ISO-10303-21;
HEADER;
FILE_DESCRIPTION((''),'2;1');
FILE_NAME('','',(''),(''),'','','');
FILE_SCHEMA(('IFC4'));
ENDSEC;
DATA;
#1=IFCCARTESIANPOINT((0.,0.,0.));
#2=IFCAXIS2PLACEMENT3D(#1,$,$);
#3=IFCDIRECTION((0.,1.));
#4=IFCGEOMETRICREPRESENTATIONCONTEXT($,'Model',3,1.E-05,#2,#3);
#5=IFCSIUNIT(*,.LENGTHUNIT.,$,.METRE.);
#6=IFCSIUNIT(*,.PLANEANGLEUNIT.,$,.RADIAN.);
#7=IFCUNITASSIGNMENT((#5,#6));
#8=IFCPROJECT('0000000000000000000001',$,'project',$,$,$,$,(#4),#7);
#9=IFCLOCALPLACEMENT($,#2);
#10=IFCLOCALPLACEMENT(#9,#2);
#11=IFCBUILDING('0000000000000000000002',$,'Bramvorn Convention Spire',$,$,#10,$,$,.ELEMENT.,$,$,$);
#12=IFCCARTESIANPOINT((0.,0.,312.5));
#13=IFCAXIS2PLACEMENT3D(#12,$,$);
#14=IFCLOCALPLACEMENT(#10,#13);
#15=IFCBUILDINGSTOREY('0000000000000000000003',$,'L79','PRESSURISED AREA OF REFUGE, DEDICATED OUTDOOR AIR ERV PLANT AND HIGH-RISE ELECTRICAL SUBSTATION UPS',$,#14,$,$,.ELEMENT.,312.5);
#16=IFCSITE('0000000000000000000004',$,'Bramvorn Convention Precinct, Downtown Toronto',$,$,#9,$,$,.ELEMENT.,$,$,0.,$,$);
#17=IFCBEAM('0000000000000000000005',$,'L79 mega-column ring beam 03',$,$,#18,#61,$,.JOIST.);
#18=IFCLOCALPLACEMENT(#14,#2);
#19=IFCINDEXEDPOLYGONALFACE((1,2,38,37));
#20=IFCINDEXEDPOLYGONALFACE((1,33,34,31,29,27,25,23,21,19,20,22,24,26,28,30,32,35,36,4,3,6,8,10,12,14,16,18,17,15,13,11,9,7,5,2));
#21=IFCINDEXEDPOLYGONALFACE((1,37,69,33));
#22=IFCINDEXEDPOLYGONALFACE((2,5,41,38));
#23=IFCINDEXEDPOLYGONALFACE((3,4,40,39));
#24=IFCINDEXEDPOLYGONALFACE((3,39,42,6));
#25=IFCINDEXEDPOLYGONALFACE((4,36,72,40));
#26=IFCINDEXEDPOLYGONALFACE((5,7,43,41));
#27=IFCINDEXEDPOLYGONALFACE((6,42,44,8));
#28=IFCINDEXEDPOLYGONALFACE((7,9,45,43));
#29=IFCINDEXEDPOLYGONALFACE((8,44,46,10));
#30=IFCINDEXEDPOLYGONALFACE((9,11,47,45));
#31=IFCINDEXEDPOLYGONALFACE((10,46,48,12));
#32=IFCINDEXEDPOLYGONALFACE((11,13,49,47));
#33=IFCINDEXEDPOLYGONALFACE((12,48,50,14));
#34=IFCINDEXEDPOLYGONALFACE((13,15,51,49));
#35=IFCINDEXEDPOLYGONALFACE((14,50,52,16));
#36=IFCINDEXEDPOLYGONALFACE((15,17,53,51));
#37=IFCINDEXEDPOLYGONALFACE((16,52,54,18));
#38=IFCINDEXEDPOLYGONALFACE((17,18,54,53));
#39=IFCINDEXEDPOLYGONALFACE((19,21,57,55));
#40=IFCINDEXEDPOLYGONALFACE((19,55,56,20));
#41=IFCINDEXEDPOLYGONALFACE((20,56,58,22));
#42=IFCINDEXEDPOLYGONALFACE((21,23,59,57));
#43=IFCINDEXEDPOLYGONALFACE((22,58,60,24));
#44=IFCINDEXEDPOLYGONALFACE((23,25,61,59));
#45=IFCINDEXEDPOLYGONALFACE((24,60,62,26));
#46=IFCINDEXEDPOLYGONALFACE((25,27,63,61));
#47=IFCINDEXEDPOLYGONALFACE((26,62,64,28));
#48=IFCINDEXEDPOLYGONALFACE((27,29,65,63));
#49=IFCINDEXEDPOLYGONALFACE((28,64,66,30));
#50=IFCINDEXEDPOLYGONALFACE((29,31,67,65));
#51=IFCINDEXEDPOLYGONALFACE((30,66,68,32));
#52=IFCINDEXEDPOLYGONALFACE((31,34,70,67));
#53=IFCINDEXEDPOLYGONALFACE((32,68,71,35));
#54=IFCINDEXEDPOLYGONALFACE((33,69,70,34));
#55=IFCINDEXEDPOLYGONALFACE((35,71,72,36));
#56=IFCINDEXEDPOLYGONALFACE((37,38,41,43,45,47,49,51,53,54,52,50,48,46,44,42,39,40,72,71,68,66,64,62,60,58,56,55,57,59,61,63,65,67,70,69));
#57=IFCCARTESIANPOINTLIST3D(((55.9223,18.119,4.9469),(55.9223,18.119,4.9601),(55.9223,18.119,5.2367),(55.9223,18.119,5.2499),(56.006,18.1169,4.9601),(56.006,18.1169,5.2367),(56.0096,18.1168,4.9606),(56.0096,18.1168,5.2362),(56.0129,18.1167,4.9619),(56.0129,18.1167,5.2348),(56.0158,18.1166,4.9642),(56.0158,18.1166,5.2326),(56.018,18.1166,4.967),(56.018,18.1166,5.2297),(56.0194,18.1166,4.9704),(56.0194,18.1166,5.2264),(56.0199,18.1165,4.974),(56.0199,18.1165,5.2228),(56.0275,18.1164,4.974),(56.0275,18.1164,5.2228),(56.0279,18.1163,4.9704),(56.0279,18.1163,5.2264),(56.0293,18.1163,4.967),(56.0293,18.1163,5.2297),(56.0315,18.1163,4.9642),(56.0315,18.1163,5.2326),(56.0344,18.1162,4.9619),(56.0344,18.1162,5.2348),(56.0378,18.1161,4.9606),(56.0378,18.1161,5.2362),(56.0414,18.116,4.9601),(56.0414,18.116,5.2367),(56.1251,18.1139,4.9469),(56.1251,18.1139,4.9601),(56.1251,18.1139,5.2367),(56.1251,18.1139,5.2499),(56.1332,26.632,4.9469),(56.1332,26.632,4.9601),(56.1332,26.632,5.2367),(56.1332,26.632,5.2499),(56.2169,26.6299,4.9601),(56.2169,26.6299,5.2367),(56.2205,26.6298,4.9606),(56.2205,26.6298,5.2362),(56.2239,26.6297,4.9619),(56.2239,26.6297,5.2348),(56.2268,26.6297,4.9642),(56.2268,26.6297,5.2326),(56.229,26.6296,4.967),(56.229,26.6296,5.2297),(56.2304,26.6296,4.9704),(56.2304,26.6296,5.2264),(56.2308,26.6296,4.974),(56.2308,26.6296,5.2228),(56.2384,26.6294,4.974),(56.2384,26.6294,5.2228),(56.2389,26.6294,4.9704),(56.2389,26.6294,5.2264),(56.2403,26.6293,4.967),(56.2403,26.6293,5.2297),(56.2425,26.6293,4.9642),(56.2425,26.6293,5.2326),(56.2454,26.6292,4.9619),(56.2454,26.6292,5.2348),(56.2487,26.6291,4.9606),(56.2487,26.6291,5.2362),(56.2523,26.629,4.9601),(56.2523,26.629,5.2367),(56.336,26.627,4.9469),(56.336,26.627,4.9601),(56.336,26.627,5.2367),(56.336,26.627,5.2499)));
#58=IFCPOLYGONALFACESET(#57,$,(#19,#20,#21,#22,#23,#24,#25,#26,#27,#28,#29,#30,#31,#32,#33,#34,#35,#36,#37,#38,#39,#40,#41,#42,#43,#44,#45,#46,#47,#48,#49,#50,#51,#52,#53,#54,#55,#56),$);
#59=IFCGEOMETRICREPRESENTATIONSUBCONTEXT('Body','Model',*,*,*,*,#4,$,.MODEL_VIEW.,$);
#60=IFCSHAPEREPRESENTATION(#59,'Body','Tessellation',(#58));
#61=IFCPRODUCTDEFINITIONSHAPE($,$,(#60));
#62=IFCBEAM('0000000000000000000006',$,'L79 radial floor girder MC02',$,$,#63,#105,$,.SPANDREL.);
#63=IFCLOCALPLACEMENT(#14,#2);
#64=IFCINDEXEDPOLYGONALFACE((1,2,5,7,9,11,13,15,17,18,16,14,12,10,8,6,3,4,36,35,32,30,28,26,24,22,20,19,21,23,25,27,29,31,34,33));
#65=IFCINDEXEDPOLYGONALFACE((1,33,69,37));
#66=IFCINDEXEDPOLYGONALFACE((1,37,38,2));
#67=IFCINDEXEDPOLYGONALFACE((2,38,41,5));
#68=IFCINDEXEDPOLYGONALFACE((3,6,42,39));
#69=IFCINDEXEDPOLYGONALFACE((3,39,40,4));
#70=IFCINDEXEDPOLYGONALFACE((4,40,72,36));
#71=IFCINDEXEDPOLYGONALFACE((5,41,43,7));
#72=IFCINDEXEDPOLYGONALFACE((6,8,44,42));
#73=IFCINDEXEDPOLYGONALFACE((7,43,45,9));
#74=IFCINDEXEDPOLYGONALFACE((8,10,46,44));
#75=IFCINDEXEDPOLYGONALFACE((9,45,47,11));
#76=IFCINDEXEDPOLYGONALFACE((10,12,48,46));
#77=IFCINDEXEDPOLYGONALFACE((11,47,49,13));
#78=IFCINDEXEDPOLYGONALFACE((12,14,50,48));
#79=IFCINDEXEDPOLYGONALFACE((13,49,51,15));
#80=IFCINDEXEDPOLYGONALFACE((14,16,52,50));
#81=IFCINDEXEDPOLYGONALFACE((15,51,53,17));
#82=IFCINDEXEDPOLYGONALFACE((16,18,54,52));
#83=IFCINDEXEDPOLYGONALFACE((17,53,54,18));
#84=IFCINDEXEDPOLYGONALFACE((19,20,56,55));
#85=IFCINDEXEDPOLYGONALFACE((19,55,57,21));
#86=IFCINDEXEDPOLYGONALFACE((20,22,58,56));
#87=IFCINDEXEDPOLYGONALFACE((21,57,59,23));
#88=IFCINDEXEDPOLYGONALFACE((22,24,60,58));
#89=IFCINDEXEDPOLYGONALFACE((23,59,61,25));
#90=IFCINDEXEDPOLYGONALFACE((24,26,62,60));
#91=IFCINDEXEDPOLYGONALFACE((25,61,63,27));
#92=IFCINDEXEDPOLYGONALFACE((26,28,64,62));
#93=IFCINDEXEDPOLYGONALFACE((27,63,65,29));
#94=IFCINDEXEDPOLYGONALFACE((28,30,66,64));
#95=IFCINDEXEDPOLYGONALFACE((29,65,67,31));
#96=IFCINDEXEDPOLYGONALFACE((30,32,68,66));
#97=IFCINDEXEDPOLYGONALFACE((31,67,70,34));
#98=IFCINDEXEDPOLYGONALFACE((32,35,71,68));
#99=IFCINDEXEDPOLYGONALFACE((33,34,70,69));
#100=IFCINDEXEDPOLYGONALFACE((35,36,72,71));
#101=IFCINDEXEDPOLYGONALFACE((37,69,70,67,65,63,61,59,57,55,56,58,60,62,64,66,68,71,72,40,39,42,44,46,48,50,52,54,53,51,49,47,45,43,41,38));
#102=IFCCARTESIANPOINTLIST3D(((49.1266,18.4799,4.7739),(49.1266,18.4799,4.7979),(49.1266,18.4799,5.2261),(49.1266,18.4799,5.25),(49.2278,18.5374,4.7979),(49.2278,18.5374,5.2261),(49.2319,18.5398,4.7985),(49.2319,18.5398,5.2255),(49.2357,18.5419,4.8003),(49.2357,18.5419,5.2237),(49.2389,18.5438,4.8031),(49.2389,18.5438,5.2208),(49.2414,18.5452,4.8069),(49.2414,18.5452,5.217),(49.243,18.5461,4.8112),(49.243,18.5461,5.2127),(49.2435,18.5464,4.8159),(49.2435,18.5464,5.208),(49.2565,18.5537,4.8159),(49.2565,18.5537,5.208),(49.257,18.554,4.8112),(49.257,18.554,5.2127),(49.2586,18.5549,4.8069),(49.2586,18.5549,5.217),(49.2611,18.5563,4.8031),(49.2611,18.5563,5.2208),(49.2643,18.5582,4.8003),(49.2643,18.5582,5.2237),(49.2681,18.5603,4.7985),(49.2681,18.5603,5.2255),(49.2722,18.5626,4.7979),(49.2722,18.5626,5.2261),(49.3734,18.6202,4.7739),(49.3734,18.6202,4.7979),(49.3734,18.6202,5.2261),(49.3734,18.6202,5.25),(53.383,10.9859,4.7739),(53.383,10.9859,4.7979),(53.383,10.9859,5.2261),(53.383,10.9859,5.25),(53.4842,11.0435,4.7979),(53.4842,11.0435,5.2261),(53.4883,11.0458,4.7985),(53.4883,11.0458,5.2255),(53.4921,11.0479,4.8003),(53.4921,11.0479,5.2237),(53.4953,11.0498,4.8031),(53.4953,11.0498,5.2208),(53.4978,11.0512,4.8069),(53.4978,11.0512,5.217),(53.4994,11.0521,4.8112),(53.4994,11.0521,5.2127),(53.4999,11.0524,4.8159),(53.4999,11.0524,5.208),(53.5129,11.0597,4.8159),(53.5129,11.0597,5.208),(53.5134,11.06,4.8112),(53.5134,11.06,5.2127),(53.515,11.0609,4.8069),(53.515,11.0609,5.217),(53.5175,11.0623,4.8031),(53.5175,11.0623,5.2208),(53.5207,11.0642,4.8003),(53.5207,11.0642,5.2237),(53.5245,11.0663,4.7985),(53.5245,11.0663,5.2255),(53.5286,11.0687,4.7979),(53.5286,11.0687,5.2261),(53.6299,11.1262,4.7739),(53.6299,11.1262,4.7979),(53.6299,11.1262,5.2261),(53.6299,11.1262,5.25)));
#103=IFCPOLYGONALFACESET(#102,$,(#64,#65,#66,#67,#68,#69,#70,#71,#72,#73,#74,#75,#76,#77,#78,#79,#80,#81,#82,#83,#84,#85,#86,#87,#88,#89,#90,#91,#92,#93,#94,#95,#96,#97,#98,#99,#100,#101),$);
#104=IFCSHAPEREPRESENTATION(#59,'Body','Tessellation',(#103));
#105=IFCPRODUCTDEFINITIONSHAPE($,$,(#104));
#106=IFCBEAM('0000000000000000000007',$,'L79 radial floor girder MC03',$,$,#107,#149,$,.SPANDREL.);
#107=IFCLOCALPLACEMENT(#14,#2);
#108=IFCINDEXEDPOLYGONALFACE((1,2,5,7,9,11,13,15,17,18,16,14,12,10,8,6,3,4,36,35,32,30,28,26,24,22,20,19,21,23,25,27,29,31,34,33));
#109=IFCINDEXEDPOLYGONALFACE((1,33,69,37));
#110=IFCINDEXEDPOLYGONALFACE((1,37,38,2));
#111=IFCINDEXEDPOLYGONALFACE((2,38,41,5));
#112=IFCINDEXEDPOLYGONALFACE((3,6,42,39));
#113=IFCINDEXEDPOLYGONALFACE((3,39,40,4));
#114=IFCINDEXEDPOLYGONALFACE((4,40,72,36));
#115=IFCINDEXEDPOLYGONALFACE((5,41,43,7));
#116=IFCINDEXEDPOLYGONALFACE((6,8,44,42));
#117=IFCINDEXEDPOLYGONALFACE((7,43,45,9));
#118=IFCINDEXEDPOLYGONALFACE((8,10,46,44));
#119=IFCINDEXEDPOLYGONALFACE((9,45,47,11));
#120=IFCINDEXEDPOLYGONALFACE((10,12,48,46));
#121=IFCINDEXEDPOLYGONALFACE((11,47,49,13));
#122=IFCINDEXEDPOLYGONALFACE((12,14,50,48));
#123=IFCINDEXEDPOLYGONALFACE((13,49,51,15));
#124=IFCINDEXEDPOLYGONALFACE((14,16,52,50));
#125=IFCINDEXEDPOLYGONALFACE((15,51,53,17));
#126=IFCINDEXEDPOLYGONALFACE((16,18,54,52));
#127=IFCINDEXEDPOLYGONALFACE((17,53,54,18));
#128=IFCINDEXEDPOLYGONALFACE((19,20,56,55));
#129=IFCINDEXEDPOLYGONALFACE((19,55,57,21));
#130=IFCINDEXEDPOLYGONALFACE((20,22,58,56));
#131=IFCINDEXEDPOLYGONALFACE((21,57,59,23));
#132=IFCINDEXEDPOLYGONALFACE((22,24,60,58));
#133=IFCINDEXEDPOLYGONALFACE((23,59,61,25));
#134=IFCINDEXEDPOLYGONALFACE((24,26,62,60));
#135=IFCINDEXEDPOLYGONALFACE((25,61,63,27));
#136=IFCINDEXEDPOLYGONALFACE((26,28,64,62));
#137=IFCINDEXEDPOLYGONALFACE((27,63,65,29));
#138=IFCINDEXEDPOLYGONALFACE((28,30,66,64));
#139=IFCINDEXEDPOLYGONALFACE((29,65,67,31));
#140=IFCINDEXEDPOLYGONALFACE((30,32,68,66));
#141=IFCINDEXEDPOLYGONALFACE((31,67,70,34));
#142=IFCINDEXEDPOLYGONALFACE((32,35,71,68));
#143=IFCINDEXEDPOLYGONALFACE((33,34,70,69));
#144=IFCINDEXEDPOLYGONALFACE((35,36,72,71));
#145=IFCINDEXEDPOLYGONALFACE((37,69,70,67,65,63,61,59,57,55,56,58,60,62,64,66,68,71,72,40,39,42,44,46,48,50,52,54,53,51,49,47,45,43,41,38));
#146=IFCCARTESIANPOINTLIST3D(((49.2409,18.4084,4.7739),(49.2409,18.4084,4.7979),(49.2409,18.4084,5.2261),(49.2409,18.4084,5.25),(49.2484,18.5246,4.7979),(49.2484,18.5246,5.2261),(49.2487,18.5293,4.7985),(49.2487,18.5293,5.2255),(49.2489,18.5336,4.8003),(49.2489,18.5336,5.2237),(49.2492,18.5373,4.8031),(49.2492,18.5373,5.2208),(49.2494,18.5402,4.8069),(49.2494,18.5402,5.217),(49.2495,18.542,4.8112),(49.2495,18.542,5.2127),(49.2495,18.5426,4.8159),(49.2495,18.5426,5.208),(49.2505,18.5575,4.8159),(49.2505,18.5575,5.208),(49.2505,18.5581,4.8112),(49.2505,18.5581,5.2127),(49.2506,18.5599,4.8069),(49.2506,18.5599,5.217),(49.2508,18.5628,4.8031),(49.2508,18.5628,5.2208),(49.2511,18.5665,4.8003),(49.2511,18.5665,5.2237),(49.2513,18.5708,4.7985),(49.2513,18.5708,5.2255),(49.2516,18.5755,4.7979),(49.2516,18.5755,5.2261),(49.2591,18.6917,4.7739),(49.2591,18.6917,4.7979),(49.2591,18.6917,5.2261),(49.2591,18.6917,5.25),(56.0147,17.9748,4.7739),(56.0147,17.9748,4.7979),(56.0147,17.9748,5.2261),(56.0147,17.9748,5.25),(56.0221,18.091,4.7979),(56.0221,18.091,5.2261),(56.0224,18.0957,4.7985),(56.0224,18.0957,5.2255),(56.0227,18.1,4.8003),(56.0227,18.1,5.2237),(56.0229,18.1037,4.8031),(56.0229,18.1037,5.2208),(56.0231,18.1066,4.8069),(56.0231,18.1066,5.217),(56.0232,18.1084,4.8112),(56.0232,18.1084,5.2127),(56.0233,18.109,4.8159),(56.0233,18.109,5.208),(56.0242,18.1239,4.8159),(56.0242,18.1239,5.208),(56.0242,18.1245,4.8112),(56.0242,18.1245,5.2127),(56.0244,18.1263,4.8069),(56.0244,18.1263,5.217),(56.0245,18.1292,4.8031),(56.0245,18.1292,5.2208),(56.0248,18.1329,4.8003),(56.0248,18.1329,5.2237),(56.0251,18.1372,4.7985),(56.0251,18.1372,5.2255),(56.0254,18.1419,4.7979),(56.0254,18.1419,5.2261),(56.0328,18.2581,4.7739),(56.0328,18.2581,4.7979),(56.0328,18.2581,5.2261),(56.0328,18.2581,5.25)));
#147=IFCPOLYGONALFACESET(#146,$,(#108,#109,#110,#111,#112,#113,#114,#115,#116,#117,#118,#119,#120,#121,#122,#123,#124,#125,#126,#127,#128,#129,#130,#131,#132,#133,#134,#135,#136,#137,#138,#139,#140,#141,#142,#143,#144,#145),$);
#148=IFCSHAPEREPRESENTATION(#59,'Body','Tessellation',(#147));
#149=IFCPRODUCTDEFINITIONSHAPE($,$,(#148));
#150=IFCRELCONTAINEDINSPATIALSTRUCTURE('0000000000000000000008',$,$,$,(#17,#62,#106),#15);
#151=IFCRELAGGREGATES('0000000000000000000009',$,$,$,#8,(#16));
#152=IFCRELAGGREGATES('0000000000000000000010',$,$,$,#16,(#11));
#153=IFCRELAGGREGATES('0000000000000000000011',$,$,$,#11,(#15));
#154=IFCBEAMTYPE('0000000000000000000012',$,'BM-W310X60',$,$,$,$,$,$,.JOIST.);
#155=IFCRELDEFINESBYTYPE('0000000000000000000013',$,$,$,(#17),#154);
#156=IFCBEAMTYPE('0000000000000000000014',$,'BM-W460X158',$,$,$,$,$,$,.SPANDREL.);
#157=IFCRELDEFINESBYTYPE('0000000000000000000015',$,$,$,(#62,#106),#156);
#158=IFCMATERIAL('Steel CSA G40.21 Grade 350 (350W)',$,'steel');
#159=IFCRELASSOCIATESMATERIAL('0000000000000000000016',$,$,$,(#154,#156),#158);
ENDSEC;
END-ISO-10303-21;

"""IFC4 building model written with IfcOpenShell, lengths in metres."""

from ifc_helpers import new_model, si_unit, direction, frame, origin, origin_2d, place, context, subcontext, project, spatial, i_section, extrude, material, material_profile, profile_set, type_object, element, save


model = new_model("IFC4")

# Units and contexts
model_context = context("Model", 3, precision=1e-05, world=origin(), true_north=direction((0.0, 1.0)))
body_context = subcontext(model_context, "Body", "Model", "MODEL_VIEW")
ifc_project = project(units=[si_unit("LENGTHUNIT", "METRE"), si_unit("PLANEANGLEUNIT", "RADIAN")], contexts=[model_context])

# Site, building, storey
site_placement = place(None, origin())
site = spatial("IfcSite", under=ifc_project, at=site_placement, Name="Bramvorn Convention Precinct, Downtown Toronto", CompositionType="ELEMENT", RefElevation=0.0)
building_placement = place(site_placement, origin())
building = spatial("IfcBuilding", under=site, at=building_placement, Name="Bramvorn Convention Spire", CompositionType="ELEMENT")
storey_placement = place(building_placement, frame((0.0, 0.0, 312.5)))
storey = spatial("IfcBuildingStorey", under=building, at=storey_placement, Name="L79", Description="PRESSURISED AREA OF REFUGE, DEDICATED OUTDOOR AIR ERV PLANT AND HIGH-RISE ELECTRICAL SUBSTATION UPS", CompositionType="ELEMENT", Elevation=312.5)

# Shared definitions
ifc_material_1 = material(Name="Steel CSA G40.21 Grade 350 (350W)", Category="steel")

# Beams
ifc_material_profile_1 = material_profile(ifc_material_1, i_section(OverallWidth=0.2029, OverallDepth=0.303, WebThickness=0.0076, FlangeThickness=0.0132, FilletRadius=0.0139, at=origin_2d()))
ifc_profile_set_1 = profile_set([ifc_material_profile_1], Name="Steel CSA G40.21 Grade 350 (350W) - W310X60")
beam_type_1 = type_object("IfcBeamType", Name="BM-W310X60", PredefinedType="JOIST", material=ifc_profile_set_1)
beam_1_placement = place(storey_placement, frame((56.0237, 18.1165, 5.0984), z_axis=(0.024771, 0.999693, 0.0), x_axis=(-0.999693, 0.024771, 0.0)))
element("IfcBeam", 1, at=beam_1_placement, inside=storey, type_object=beam_type_1, Name="L79 mega-column ring beam 03", PredefinedType="JOIST", context=body_context, shape_type="SweptSolid", body=[
    extrude(i_section(OverallWidth=0.2029, OverallDepth=0.303, WebThickness=0.0076, FlangeThickness=0.0132, FilletRadius=0.0139, at=origin_2d()), origin(), (0.0, 0.0, 1.0), 8.5156),
])
ifc_material_profile_2 = material_profile(ifc_material_1, i_section(OverallWidth=0.2839, OverallDepth=0.4761, WebThickness=0.0149, FlangeThickness=0.0239, FilletRadius=0.0181, at=origin_2d()))
ifc_profile_set_2 = profile_set([ifc_material_profile_2], Name="Steel CSA G40.21 Grade 350 (350W) - W460X158")
beam_type_2 = type_object("IfcBeamType", Name="BM-W460X158", PredefinedType="SPANDREL", material=ifc_profile_set_2)
beam_2_placement = place(storey_placement, frame((49.25, 18.55, 5.012), z_axis=(0.493874, -0.869534, 0.0), x_axis=(0.869534, 0.493874, 0.0)))
element("IfcBeam", 2, at=beam_2_placement, inside=storey, type_object=beam_type_2, Name="L79 radial floor girder MC02", PredefinedType="SPANDREL", context=body_context, shape_type="SweptSolid", body=[
    extrude(i_section(OverallWidth=0.2839, OverallDepth=0.4761, WebThickness=0.0149, FlangeThickness=0.0239, FilletRadius=0.0181, at=origin_2d()), origin(), (0.0, 0.0, 1.0), 8.6184),
])
beam_3_placement = place(storey_placement, frame((49.25, 18.55, 5.012), z_axis=(0.997958, -0.063881, 0.0), x_axis=(0.063881, 0.997958, 0.0)))
element("IfcBeam", 3, at=beam_3_placement, inside=storey, type_object=beam_type_2, Name="L79 radial floor girder MC03", PredefinedType="SPANDREL", context=body_context, shape_type="SweptSolid", body=[
    extrude(i_section(OverallWidth=0.2839, OverallDepth=0.4761, WebThickness=0.0149, FlangeThickness=0.0239, FilletRadius=0.0181, at=origin_2d()), origin(), (0.0, 0.0, 1.0), 6.7876),
])

save(model, "model.ifc")
